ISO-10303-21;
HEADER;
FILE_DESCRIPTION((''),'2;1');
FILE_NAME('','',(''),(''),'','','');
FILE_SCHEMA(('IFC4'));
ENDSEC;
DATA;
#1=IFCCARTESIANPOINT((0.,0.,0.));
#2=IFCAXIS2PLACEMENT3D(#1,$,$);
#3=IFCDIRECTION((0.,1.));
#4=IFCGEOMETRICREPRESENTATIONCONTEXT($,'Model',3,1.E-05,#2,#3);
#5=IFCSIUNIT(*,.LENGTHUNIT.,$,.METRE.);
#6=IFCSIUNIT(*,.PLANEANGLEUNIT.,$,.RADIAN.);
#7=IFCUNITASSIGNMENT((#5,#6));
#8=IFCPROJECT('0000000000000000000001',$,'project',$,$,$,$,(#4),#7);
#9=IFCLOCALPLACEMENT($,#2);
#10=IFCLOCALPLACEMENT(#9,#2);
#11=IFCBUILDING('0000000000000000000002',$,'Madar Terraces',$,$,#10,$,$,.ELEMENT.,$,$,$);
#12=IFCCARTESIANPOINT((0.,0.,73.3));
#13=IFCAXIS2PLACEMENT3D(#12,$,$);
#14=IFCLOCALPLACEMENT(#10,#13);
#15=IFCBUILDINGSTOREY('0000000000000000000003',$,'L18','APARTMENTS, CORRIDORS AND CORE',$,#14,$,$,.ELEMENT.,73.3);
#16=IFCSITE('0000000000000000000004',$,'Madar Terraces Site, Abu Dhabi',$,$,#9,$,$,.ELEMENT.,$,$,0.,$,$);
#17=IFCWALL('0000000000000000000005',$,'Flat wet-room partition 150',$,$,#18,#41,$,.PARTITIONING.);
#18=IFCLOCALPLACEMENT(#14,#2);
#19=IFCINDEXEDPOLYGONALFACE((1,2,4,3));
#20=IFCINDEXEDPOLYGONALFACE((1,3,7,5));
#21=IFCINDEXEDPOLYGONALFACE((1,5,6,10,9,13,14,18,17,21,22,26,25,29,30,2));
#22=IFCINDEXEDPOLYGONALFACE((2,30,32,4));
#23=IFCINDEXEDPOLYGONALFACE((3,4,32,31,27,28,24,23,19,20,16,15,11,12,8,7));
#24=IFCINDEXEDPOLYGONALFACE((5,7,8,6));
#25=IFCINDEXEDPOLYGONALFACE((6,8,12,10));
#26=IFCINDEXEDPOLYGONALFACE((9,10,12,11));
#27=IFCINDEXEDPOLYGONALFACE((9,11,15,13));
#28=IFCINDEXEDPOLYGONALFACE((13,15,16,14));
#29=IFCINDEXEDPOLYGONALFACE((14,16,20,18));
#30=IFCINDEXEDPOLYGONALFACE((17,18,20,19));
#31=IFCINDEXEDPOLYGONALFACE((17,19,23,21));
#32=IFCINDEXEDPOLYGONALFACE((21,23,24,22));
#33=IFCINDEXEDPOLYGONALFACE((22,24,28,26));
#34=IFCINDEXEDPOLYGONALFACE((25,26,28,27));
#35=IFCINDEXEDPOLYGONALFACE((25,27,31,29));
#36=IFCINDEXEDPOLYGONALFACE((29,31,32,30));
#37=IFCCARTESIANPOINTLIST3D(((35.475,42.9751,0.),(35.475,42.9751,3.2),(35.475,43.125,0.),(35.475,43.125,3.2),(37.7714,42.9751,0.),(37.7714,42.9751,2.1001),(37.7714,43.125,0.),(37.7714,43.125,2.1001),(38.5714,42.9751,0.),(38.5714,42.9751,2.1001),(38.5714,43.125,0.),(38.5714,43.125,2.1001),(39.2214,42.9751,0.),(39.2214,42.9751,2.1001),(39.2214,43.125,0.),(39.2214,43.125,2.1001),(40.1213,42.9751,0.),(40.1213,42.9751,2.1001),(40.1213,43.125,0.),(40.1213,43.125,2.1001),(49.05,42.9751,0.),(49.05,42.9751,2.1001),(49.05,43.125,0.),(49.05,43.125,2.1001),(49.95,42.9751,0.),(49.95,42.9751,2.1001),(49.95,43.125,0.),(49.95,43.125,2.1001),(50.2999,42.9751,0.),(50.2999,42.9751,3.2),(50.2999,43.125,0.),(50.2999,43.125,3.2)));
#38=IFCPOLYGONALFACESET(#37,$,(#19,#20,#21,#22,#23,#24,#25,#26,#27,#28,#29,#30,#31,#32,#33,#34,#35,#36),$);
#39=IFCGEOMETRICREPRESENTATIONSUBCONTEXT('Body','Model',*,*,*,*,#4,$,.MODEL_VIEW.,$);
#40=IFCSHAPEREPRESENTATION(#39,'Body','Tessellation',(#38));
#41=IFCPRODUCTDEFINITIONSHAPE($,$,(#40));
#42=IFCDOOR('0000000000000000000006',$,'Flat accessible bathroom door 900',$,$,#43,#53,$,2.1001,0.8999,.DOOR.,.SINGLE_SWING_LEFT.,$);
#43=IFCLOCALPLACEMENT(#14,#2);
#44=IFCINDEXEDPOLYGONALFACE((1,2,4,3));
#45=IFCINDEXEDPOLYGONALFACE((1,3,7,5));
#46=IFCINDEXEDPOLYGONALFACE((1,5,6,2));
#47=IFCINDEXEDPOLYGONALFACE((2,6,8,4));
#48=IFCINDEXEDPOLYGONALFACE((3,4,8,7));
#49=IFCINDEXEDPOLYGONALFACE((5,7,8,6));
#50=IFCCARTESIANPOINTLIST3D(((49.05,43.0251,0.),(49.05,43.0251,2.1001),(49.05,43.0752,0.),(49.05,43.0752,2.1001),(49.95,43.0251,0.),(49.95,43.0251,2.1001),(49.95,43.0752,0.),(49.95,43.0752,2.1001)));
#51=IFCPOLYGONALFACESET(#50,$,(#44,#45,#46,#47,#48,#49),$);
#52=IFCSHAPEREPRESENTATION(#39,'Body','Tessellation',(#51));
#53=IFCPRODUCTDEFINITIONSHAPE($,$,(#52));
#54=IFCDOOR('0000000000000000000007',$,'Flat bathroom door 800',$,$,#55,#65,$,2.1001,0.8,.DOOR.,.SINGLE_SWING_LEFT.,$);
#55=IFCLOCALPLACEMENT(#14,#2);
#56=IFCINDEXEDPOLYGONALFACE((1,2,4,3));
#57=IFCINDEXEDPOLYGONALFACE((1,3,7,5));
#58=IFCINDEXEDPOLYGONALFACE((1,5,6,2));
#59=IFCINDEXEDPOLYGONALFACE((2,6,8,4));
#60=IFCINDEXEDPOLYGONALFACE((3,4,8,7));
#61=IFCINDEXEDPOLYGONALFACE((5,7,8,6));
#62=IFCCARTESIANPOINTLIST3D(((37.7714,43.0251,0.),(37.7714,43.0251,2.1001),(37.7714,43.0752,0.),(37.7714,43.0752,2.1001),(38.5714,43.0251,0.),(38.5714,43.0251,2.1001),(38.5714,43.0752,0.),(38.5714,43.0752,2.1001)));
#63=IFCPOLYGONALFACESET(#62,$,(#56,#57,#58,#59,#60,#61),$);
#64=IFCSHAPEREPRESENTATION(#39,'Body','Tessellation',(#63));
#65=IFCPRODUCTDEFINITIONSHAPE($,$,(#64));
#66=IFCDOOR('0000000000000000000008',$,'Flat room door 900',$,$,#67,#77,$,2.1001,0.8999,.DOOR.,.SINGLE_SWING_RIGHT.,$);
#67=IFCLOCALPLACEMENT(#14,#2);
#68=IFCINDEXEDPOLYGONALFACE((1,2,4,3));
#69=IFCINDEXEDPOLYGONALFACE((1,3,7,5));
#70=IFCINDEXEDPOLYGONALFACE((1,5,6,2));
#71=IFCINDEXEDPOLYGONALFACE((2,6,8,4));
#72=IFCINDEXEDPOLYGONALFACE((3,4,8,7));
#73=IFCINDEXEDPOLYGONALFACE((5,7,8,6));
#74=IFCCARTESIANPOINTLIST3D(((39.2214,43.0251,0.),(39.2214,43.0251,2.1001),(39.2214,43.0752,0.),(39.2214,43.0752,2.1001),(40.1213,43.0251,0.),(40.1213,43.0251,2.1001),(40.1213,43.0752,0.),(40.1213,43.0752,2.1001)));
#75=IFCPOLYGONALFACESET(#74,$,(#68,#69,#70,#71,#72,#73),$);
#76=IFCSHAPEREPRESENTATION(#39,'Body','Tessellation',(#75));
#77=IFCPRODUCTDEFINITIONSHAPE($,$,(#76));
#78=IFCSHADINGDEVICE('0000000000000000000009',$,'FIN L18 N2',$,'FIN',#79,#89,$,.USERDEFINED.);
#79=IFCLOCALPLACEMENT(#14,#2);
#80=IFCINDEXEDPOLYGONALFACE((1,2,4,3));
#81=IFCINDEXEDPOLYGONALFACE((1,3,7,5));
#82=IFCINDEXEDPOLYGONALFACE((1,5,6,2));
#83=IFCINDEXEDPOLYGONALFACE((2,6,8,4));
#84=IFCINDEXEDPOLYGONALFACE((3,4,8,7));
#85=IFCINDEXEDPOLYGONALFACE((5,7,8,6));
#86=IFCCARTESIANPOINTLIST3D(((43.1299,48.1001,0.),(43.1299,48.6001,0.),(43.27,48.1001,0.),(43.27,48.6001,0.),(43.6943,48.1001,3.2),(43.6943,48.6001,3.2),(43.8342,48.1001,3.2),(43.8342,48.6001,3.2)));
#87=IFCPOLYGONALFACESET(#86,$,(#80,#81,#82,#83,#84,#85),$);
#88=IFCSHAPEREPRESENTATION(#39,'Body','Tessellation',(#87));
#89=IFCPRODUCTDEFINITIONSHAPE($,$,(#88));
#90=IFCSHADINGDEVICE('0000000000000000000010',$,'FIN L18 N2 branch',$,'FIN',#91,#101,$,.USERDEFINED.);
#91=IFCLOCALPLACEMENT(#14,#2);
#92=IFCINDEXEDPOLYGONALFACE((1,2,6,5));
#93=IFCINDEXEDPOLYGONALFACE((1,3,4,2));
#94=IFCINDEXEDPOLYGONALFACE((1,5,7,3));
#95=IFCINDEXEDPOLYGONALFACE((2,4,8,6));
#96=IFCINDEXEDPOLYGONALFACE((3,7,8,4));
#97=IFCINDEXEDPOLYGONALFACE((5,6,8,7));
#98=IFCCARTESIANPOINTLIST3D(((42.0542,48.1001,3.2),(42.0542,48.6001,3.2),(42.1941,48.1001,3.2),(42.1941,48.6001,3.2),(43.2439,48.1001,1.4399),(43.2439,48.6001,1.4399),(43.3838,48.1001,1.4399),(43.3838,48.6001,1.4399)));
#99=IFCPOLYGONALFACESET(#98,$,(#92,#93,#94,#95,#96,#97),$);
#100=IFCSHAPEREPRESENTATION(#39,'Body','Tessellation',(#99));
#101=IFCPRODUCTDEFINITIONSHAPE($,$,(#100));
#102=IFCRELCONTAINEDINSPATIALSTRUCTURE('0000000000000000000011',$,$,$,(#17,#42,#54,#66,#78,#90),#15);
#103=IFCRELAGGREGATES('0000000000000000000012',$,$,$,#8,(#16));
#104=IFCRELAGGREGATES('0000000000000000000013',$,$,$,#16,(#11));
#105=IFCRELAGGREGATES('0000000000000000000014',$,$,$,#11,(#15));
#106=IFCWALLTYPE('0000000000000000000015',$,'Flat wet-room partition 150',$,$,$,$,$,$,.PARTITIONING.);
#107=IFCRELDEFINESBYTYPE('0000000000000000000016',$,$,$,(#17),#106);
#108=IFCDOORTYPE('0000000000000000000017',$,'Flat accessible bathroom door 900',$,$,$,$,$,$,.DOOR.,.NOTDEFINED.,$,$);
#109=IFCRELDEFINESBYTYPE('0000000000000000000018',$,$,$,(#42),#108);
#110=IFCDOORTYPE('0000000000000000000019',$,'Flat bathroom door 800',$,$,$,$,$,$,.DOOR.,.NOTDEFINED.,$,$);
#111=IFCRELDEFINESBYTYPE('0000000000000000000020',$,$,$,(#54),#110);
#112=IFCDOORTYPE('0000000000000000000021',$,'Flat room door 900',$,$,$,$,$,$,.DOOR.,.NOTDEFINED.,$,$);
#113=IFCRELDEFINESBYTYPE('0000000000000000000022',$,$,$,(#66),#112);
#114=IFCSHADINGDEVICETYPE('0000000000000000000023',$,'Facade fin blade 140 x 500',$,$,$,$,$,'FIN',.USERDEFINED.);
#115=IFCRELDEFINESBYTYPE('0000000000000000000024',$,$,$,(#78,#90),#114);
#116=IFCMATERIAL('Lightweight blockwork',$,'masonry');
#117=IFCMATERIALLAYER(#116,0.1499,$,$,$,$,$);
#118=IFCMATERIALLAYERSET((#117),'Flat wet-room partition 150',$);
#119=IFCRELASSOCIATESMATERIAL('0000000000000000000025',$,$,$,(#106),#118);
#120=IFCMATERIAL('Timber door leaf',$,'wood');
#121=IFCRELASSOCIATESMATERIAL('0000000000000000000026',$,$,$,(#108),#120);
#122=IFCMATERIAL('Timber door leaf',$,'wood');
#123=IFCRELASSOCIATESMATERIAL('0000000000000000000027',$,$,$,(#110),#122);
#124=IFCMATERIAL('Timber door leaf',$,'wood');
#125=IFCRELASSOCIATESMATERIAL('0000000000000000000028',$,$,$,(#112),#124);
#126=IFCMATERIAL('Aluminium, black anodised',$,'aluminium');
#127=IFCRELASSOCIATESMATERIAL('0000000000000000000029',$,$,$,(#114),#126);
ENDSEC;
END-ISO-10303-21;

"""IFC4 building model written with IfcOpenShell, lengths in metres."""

from ifc_helpers import new_model, si_unit, direction, frame, frame_2d, origin, place, context, subcontext, project, spatial, polyline, rectangle, outline, extrude, material, layer, layer_set, type_object, element, fill, save


model = new_model("IFC4")

# Units and contexts
model_context = context("Model", 3, precision=1e-05, world=origin(), true_north=direction((0.0, 1.0)))
body_context = subcontext(model_context, "Body", "Model", "MODEL_VIEW")
ifc_project = project(units=[si_unit("LENGTHUNIT", "METRE"), si_unit("PLANEANGLEUNIT", "RADIAN")], contexts=[model_context])

# Site, building, storey
site_placement = place(None, origin())
site = spatial("IfcSite", under=ifc_project, at=site_placement, Name="Madar Terraces Site, Abu Dhabi", CompositionType="ELEMENT", RefElevation=0.0)
building_placement = place(site_placement, origin())
building = spatial("IfcBuilding", under=site, at=building_placement, Name="Madar Terraces", CompositionType="ELEMENT")
storey_placement = place(building_placement, frame((0.0, 0.0, 73.3)))
storey = spatial("IfcBuildingStorey", under=building, at=storey_placement, Name="L18", Description="APARTMENTS, CORRIDORS AND CORE", CompositionType="ELEMENT", Elevation=73.3)

# Wall, openings, doors
ifc_material_1 = material(Name="Lightweight blockwork", Category="masonry")
ifc_layer_1 = layer(ifc_material_1, 0.1499)
ifc_layer_set_1 = layer_set([ifc_layer_1], Name="Flat wet-room partition 150")
wall_type_1 = type_object("IfcWallType", Name="Flat wet-room partition 150", PredefinedType="PARTITIONING", material=ifc_layer_set_1)
wall_1_placement = place(storey_placement, frame((50.3, 43.05, 0.0), z_axis=(0.0, 0.0, 1.0), x_axis=(-1.0, 0.0, 0.0)))
wall_1 = element("IfcWall", 1, at=wall_1_placement, inside=storey, type_object=wall_type_1, Name="Flat wet-room partition 150", PredefinedType="PARTITIONING", context=body_context, shape_type="SweptSolid", body=[
    extrude(rectangle(XDim=14.825, YDim=0.1499, at=frame_2d((7.4126, 0.0))), origin(), (0.0, 0.0, 1.0), 3.2),
])
opening_1_placement = place(wall_1_placement, frame((11.7288, 0.0, 0.0)))
opening_1 = element("IfcOpeningElement", 2, at=opening_1_placement, cuts=wall_1, PredefinedType="OPENING", context=body_context, shape_type="SweptSolid", body=[
    extrude(rectangle(XDim=0.8, YDim=2.1001, at=frame_2d((0.3999, 1.05))), frame((0.0, 0.085, 0.0), z_axis=(0.0, -1.0, 0.0), x_axis=(1.0, 0.0, 0.0)), (0.0, 0.0, 1.0), 0.1699),
])
opening_2_placement = place(wall_1_placement, frame((10.1787, 0.0, 0.0)))
opening_2 = element("IfcOpeningElement", 3, at=opening_2_placement, cuts=wall_1, PredefinedType="OPENING", context=body_context, shape_type="SweptSolid", body=[
    extrude(rectangle(XDim=0.8999, YDim=2.1001, at=frame_2d((0.45, 1.05))), frame((0.0, 0.085, 0.0), z_axis=(0.0, -1.0, 0.0), x_axis=(1.0, 0.0, 0.0)), (0.0, 0.0, 1.0), 0.1699),
])
opening_3_placement = place(wall_1_placement, frame((0.3501, 0.0, 0.0)))
opening_3 = element("IfcOpeningElement", 4, at=opening_3_placement, cuts=wall_1, PredefinedType="OPENING", context=body_context, shape_type="SweptSolid", body=[
    extrude(rectangle(XDim=0.8999, YDim=2.1001, at=frame_2d((0.45, 1.05))), frame((0.0, 0.085, 0.0), z_axis=(0.0, -1.0, 0.0), x_axis=(1.0, 0.0, 0.0)), (0.0, 0.0, 1.0), 0.1699),
])
ifc_material_2 = material(Name="Timber door leaf", Category="wood")
door_type_1 = type_object("IfcDoorType", Name="Flat accessible bathroom door 900", OperationType="NOTDEFINED", PredefinedType="DOOR", material=ifc_material_2)
door_1_placement = place(opening_3_placement, origin())
door_1 = element("IfcDoor", 5, at=door_1_placement, inside=storey, type_object=door_type_1, Name="Flat accessible bathroom door 900", OperationType="SINGLE_SWING_LEFT", OverallHeight=2.1001, OverallWidth=0.8999, PredefinedType="DOOR", context=body_context, shape_type="SweptSolid", body=[
    extrude(rectangle(XDim=0.8999, YDim=2.1001, at=frame_2d((0.45, 1.05))), frame((0.0, 0.0249, 0.0), z_axis=(0.0, -1.0, 0.0), x_axis=(1.0, 0.0, 0.0)), (0.0, 0.0, 1.0), 0.05),
])
fill(opening_3, door_1)
ifc_material_3 = material(Name="Timber door leaf", Category="wood")
door_type_2 = type_object("IfcDoorType", Name="Flat bathroom door 800", OperationType="NOTDEFINED", PredefinedType="DOOR", material=ifc_material_3)
door_2_placement = place(opening_1_placement, origin())
door_2 = element("IfcDoor", 6, at=door_2_placement, inside=storey, type_object=door_type_2, Name="Flat bathroom door 800", OperationType="SINGLE_SWING_LEFT", OverallHeight=2.1001, OverallWidth=0.8, PredefinedType="DOOR", context=body_context, shape_type="SweptSolid", body=[
    extrude(rectangle(XDim=0.8, YDim=2.1001, at=frame_2d((0.3999, 1.05))), frame((0.0, 0.0249, 0.0), z_axis=(0.0, -1.0, 0.0), x_axis=(1.0, 0.0, 0.0)), (0.0, 0.0, 1.0), 0.05),
])
fill(opening_1, door_2)
ifc_material_4 = material(Name="Timber door leaf", Category="wood")
door_type_3 = type_object("IfcDoorType", Name="Flat room door 900", OperationType="NOTDEFINED", PredefinedType="DOOR", material=ifc_material_4)
door_3_placement = place(opening_2_placement, origin())
door_3 = element("IfcDoor", 7, at=door_3_placement, inside=storey, type_object=door_type_3, Name="Flat room door 900", OperationType="SINGLE_SWING_RIGHT", OverallHeight=2.1001, OverallWidth=0.8999, PredefinedType="DOOR", context=body_context, shape_type="SweptSolid", body=[
    extrude(rectangle(XDim=0.8999, YDim=2.1001, at=frame_2d((0.45, 1.05))), frame((0.0, 0.0249, 0.0), z_axis=(0.0, -1.0, 0.0), x_axis=(1.0, 0.0, 0.0)), (0.0, 0.0, 1.0), 0.05),
])
fill(opening_2, door_3)

# Shading devices
ifc_material_5 = material(Name="Aluminium, black anodised", Category="aluminium")
shading_device_type = type_object("IfcShadingDeviceType", Name="Facade fin blade 140 x 500", ElementType="FIN", PredefinedType="USERDEFINED", material=ifc_material_5)
shading_device_1_placement = place(storey_placement, frame((43.27, 48.3501, 0.0), z_axis=(0.0, 0.0, 1.0), x_axis=(-1.0, 0.0, 0.0)))
element("IfcShadingDevice", 8, at=shading_device_1_placement, inside=storey, type_object=shading_device_type, Name="FIN L18 N2", ObjectType="FIN", PredefinedType="USERDEFINED", context=body_context, shape_type="SweptSolid", body=[
    extrude(outline(polyline([(0.0, 0.0), (0.1401, 0.0), (-0.4243, 3.2), (-0.5642, 3.2), (0.0, 0.0)])), frame((0.0, 0.25, 0.0), z_axis=(0.0, -1.0, 0.0), x_axis=(1.0, 0.0, 0.0)), (0.0, 0.0, 1.0), 0.5),
])
shading_device_2_placement = place(storey_placement, frame((43.3838, 48.3501, 1.4399), z_axis=(0.0, 0.0, 1.0), x_axis=(-1.0, 0.0, 0.0)))
element("IfcShadingDevice", 9, at=shading_device_2_placement, inside=storey, type_object=shading_device_type, Name="FIN L18 N2 branch", ObjectType="FIN", PredefinedType="USERDEFINED", context=body_context, shape_type="SweptSolid", body=[
    extrude(outline(polyline([(0.0, 0.0), (0.1399, 0.0), (1.3296, 1.76), (1.1897, 1.76), (0.0, 0.0)])), frame((0.0, 0.25, 0.0), z_axis=(0.0, -1.0, 0.0), x_axis=(1.0, 0.0, 0.0)), (0.0, 0.0, 1.0), 0.5),
])

save(model, "model.ifc")
